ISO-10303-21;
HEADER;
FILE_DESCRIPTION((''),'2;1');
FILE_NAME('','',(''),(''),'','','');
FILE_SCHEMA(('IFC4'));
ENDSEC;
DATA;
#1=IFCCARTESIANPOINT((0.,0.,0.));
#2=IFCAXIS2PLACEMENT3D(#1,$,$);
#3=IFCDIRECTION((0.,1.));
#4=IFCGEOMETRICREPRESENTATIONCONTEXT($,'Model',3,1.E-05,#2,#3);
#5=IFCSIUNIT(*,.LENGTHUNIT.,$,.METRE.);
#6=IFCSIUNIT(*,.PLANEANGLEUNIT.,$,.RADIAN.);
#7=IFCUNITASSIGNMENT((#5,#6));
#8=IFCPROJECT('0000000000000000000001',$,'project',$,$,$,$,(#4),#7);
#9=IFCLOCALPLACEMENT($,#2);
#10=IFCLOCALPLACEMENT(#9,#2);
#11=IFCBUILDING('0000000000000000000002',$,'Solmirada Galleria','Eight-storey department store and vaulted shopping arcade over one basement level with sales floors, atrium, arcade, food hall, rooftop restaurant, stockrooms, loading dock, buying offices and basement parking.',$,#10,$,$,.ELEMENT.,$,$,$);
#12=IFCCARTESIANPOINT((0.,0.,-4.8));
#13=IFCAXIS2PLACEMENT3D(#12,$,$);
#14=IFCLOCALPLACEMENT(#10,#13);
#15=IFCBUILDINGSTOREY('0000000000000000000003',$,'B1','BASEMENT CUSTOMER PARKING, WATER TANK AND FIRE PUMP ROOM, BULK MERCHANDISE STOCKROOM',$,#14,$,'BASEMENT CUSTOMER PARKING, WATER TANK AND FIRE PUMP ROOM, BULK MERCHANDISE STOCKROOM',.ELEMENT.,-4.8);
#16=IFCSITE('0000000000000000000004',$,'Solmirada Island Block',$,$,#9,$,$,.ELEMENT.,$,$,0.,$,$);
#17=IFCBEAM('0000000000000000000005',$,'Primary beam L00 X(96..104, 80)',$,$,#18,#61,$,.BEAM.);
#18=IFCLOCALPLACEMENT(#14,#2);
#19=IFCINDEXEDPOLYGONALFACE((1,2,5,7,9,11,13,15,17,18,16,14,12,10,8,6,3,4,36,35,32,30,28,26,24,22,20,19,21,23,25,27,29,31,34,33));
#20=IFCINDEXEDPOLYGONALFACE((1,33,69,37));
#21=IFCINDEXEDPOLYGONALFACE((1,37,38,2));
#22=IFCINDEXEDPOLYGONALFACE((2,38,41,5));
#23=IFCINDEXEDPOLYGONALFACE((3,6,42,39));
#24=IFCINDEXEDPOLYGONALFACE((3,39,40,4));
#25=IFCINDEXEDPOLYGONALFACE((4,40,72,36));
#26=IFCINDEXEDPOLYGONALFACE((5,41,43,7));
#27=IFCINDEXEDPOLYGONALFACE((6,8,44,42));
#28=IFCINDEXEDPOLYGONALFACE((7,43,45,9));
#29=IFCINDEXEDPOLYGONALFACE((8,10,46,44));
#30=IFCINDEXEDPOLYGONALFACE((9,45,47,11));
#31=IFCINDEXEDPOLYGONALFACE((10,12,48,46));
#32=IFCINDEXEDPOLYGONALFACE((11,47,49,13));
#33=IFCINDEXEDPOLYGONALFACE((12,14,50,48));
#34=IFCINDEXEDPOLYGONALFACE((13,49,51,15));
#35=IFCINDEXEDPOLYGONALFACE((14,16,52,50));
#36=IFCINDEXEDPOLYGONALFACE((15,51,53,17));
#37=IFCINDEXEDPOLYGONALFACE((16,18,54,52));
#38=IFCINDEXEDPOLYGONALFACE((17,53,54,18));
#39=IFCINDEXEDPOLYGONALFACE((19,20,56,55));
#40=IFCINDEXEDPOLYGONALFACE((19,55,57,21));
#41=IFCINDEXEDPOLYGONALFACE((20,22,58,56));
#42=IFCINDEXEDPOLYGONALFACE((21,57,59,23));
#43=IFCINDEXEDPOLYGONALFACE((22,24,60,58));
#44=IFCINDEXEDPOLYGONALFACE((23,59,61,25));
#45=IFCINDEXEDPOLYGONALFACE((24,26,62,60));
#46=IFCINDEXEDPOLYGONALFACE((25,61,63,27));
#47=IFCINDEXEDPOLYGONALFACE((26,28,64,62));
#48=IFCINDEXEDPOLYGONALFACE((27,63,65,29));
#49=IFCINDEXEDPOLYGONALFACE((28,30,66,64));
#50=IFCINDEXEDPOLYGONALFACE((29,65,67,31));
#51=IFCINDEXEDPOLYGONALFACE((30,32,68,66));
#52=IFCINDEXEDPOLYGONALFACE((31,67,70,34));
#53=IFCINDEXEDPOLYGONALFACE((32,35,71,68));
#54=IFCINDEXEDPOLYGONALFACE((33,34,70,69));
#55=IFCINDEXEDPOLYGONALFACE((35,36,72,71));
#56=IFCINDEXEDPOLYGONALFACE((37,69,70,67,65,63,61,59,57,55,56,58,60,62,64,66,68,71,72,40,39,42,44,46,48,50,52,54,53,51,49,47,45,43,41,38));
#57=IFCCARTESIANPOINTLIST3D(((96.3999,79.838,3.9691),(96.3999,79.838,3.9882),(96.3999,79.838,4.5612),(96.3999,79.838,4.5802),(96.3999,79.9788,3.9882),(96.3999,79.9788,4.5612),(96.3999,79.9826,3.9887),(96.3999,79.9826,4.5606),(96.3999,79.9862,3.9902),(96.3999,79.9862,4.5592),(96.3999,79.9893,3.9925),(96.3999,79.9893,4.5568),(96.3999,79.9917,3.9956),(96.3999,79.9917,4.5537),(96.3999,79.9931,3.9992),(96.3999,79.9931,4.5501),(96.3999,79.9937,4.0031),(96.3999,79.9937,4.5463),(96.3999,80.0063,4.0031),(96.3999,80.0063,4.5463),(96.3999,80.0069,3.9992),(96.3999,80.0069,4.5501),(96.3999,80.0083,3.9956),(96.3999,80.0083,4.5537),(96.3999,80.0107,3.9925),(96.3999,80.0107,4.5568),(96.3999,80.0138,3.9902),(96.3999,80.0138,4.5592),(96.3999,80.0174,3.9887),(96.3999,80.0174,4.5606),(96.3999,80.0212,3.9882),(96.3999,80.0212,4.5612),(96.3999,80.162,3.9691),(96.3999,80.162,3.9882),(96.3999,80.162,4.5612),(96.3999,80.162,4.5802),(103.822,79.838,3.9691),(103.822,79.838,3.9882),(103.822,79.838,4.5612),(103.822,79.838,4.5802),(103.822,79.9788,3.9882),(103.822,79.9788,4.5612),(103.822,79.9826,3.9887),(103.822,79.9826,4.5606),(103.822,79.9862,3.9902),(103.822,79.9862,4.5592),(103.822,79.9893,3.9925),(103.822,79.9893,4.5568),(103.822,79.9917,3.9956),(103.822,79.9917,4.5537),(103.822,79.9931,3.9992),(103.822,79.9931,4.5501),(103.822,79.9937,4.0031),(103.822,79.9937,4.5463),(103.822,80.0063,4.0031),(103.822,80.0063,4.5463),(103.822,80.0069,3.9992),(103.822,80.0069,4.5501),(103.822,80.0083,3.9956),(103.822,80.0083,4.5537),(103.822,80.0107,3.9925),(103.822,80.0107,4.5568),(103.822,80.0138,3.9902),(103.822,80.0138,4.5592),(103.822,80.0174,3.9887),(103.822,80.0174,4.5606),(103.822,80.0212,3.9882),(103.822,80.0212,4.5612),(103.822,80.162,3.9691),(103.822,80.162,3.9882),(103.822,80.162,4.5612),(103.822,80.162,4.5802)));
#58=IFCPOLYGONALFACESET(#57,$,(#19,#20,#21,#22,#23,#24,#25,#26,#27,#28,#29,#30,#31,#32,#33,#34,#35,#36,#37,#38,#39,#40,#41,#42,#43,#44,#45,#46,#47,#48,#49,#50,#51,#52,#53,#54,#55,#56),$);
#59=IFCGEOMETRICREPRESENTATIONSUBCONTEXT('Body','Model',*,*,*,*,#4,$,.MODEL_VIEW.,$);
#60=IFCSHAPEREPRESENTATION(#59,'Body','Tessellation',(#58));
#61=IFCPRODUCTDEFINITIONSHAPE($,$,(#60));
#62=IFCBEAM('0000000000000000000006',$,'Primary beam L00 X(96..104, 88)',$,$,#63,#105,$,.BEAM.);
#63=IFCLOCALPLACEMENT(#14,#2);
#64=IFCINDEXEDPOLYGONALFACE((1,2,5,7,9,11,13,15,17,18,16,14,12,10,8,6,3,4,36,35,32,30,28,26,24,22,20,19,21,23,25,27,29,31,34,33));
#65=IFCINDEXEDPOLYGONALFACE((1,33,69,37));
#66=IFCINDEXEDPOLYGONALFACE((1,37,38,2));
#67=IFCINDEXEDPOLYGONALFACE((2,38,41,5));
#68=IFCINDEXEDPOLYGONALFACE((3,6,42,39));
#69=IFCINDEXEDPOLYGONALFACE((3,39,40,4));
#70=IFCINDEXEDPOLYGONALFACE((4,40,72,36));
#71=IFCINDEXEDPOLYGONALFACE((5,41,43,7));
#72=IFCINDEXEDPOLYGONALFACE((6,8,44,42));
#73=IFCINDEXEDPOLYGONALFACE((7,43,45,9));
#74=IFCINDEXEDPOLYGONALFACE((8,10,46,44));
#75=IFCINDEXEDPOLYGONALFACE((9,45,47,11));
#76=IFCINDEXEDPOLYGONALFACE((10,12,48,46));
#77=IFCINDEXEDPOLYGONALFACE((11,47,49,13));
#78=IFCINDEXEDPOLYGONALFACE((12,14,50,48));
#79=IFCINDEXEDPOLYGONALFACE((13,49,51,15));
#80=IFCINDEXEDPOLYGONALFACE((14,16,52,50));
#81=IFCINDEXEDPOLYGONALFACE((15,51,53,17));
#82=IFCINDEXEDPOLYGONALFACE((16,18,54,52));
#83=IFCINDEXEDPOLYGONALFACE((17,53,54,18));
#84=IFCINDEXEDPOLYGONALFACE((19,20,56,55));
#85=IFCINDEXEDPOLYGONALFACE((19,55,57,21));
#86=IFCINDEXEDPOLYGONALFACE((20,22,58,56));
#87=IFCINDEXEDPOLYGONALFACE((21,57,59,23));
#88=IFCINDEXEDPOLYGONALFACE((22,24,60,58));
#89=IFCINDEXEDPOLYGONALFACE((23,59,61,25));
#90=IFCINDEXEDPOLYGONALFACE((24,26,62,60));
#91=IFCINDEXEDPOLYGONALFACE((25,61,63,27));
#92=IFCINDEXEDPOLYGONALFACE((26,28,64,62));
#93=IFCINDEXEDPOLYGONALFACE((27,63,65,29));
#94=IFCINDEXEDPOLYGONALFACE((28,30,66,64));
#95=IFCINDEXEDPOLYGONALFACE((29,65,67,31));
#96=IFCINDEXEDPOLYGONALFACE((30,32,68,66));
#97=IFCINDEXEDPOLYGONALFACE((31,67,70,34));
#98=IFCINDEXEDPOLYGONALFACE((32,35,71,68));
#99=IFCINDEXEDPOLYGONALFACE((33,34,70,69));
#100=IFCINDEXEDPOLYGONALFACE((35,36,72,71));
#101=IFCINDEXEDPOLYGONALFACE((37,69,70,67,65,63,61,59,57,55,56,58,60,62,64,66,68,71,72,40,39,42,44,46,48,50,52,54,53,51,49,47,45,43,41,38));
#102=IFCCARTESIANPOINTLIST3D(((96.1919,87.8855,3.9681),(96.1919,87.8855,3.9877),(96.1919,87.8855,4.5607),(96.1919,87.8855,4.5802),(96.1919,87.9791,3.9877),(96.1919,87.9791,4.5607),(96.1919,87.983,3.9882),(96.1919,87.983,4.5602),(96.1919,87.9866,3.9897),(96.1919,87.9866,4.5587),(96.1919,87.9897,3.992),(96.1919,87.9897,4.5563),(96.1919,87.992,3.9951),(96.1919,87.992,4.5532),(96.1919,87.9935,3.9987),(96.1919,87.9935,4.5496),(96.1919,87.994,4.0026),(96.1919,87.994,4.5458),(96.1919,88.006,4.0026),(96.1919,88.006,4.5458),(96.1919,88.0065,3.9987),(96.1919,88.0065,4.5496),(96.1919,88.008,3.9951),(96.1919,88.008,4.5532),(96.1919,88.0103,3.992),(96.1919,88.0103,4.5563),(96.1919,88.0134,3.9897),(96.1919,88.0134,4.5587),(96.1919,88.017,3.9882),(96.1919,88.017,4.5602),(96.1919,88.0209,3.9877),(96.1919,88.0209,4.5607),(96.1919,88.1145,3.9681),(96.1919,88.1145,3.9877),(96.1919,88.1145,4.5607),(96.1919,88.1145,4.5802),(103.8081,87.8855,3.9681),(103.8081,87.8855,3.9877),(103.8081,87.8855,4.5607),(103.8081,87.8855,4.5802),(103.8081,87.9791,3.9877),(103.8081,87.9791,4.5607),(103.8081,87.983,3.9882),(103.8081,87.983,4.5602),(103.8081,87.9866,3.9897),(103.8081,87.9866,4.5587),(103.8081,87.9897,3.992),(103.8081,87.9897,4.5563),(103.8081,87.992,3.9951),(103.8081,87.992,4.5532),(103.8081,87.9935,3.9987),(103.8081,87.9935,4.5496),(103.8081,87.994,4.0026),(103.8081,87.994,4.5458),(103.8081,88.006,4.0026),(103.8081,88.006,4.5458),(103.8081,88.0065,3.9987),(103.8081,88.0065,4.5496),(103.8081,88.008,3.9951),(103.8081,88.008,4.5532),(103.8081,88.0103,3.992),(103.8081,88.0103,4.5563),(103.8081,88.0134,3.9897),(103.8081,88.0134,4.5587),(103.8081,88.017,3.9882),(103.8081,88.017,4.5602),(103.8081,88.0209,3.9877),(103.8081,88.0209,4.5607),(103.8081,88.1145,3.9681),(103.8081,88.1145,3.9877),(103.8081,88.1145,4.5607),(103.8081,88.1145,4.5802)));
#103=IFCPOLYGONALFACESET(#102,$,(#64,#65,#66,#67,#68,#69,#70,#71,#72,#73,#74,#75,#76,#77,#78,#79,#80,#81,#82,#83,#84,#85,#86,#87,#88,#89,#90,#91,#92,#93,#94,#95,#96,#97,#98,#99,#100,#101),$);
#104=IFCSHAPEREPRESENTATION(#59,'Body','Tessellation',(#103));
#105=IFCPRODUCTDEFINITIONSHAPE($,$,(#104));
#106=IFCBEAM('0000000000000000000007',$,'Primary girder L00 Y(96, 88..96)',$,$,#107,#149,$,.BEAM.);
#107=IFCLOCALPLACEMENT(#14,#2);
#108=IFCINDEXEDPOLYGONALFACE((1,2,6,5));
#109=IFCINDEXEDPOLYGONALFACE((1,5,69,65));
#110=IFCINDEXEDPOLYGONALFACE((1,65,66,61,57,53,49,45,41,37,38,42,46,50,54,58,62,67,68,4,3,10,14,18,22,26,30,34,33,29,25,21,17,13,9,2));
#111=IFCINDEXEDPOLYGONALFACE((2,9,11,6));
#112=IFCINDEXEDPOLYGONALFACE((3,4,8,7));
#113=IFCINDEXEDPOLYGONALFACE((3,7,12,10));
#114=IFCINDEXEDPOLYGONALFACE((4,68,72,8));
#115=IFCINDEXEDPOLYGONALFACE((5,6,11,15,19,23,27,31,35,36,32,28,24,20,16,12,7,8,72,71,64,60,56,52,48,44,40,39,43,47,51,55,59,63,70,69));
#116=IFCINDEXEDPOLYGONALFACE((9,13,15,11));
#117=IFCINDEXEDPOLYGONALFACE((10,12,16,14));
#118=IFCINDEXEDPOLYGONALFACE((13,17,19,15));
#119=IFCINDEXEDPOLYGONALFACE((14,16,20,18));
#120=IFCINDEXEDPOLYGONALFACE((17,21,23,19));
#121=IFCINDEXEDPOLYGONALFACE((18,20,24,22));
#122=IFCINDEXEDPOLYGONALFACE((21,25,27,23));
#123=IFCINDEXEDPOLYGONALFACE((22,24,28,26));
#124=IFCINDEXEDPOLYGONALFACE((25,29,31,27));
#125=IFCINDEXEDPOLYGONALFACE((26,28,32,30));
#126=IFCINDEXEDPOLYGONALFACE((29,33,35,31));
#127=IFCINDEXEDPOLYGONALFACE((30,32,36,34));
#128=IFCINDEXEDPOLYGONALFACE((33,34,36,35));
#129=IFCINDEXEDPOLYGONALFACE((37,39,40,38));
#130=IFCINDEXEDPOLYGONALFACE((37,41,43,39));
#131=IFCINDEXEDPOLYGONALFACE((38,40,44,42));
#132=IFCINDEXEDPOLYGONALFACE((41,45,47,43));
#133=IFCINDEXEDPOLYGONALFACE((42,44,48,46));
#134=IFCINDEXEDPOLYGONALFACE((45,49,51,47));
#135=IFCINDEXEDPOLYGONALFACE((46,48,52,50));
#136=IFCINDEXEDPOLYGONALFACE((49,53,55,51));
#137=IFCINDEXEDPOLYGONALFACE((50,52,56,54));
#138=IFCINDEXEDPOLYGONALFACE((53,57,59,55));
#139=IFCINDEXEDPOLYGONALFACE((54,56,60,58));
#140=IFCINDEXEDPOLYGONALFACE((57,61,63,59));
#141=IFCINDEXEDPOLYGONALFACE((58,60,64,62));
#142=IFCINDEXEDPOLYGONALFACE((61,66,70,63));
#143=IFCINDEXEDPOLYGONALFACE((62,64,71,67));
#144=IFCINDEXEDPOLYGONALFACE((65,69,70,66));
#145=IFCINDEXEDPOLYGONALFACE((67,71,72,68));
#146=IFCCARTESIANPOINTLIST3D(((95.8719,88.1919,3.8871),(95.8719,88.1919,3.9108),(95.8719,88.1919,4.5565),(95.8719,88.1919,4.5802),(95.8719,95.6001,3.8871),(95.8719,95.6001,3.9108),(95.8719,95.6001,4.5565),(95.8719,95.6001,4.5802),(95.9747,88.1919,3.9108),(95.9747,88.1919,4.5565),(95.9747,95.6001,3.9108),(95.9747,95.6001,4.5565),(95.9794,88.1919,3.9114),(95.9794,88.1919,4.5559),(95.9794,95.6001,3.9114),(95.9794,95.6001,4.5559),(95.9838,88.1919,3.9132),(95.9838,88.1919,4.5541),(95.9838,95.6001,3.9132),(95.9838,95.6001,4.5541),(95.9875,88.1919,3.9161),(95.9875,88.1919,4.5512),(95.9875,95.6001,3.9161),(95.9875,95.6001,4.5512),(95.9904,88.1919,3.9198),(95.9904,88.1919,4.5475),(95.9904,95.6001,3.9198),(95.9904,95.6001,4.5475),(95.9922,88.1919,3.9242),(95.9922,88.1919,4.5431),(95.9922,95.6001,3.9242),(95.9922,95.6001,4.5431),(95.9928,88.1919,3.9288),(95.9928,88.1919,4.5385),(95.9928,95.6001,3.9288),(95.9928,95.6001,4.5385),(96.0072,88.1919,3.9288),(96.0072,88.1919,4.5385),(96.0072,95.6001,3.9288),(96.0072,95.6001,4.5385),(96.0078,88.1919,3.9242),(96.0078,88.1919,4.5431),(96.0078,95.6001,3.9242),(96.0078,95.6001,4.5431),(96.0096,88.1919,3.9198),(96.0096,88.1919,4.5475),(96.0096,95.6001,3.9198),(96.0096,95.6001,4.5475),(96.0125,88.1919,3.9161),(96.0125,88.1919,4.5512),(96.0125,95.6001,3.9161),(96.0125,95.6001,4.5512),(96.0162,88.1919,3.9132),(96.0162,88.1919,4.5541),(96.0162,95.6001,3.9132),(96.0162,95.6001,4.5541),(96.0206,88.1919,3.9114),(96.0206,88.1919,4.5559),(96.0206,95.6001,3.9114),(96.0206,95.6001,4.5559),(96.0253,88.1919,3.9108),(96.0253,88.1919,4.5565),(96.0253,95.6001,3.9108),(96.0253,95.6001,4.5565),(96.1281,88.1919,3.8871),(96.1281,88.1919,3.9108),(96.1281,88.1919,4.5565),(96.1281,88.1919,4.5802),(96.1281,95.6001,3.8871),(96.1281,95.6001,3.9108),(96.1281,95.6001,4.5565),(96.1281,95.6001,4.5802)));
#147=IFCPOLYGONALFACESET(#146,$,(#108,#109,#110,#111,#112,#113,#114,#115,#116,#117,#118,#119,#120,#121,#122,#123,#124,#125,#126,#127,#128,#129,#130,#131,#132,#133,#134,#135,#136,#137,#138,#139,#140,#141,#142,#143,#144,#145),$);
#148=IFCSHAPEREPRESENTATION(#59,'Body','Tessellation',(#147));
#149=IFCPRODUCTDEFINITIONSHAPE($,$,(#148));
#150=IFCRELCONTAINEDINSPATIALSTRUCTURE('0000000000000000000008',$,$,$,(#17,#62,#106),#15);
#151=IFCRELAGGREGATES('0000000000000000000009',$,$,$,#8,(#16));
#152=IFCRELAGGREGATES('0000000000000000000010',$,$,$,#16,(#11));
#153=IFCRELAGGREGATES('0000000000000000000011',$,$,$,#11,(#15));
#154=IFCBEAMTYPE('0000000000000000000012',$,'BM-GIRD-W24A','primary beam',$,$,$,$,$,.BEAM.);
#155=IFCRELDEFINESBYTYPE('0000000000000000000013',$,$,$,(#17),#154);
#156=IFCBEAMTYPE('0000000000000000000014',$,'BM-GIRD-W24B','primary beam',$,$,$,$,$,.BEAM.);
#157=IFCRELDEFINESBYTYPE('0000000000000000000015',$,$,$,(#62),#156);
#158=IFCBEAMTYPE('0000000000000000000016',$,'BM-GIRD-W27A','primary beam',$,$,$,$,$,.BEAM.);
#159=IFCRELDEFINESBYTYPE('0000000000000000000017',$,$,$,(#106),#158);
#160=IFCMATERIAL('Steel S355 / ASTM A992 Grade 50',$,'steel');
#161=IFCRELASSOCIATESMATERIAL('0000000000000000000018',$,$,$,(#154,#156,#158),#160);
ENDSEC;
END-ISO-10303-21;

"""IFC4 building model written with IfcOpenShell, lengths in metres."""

from ifc_helpers import new_model, si_unit, direction, frame, origin, origin_2d, place, context, subcontext, project, spatial, i_section, extrude, material, material_profile, profile_set, type_object, element, save


model = new_model("IFC4")

# Units and contexts
model_context = context("Model", 3, precision=1e-05, world=origin(), true_north=direction((0.0, 1.0)))
body_context = subcontext(model_context, "Body", "Model", "MODEL_VIEW")
ifc_project = project(units=[si_unit("LENGTHUNIT", "METRE"), si_unit("PLANEANGLEUNIT", "RADIAN")], contexts=[model_context])

# Site, building, storey
site_placement = place(None, origin())
site = spatial("IfcSite", under=ifc_project, at=site_placement, Name="Solmirada Island Block", CompositionType="ELEMENT", RefElevation=0.0)
building_placement = place(site_placement, origin())
building = spatial("IfcBuilding", under=site, at=building_placement, Name="Solmirada Galleria", Description="Eight-storey department store and vaulted shopping arcade over one basement level with sales floors, atrium, arcade, food hall, rooftop restaurant, stockrooms, loading dock, buying offices and basement parking.", CompositionType="ELEMENT")
storey_placement = place(building_placement, frame((0.0, 0.0, -4.8)))
storey = spatial("IfcBuildingStorey", under=building, at=storey_placement, Name="B1", Description="BASEMENT CUSTOMER PARKING, WATER TANK AND FIRE PUMP ROOM, BULK MERCHANDISE STOCKROOM", LongName="BASEMENT CUSTOMER PARKING, WATER TANK AND FIRE PUMP ROOM, BULK MERCHANDISE STOCKROOM", CompositionType="ELEMENT", Elevation=-4.8)

# Beams
ifc_material_1 = material(Name="Steel S355 / ASTM A992 Grade 50", Category="steel")
ifc_material_profile_1 = material_profile(ifc_material_1, i_section(OverallWidth=0.324, OverallDepth=0.6111, WebThickness=0.0127, FlangeThickness=0.019, FilletRadius=0.0149, at=origin_2d()), Name="W24X104")
ifc_profile_set_1 = profile_set([ifc_material_profile_1], Name="Steel S355 / ASTM A992 Grade 50")
beam_type_1 = type_object("IfcBeamType", Name="BM-GIRD-W24A", Description="primary beam", PredefinedType="BEAM", material=ifc_profile_set_1)
beam_1_placement = place(storey_placement, frame((96.3999, 80.0, 4.2747), z_axis=(1.0, 0.0, 0.0), x_axis=(0.0, 1.0, 0.0)))
element("IfcBeam", 1, at=beam_1_placement, inside=storey, type_object=beam_type_1, Name="Primary beam L00 X(96..104, 80)", PredefinedType="BEAM", context=body_context, shape_type="SweptSolid", body=[
    extrude(i_section(OverallWidth=0.324, OverallDepth=0.6111, WebThickness=0.0127, FlangeThickness=0.019, FilletRadius=0.0149, at=origin_2d()), origin(), (0.0, 0.0, 1.0), 7.4221),
])
ifc_material_profile_2 = material_profile(ifc_material_1, i_section(OverallWidth=0.229, OverallDepth=0.6121, WebThickness=0.012, FlangeThickness=0.0195, FilletRadius=0.0149, at=origin_2d()), Name="W24X84")
ifc_profile_set_2 = profile_set([ifc_material_profile_2], Name="Steel S355 / ASTM A992 Grade 50")
beam_type_2 = type_object("IfcBeamType", Name="BM-GIRD-W24B", Description="primary beam", PredefinedType="BEAM", material=ifc_profile_set_2)
beam_2_placement = place(storey_placement, frame((96.1919, 88.0, 4.2742), z_axis=(1.0, 0.0, 0.0), x_axis=(0.0, 1.0, 0.0)))
element("IfcBeam", 2, at=beam_2_placement, inside=storey, type_object=beam_type_2, Name="Primary beam L00 X(96..104, 88)", PredefinedType="BEAM", context=body_context, shape_type="SweptSolid", body=[
    extrude(i_section(OverallWidth=0.229, OverallDepth=0.6121, WebThickness=0.012, FlangeThickness=0.0195, FilletRadius=0.0149, at=origin_2d()), origin(), (0.0, 0.0, 1.0), 7.6162),
])
ifc_material_profile_3 = material_profile(ifc_material_1, i_section(OverallWidth=0.2561, OverallDepth=0.6931, WebThickness=0.0144, FlangeThickness=0.0237, FilletRadius=0.0181, at=origin_2d()), Name="W27X114")
ifc_profile_set_3 = profile_set([ifc_material_profile_3], Name="Steel S355 / ASTM A992 Grade 50")
beam_type_3 = type_object("IfcBeamType", Name="BM-GIRD-W27A", Description="primary beam", PredefinedType="BEAM", material=ifc_profile_set_3)
beam_3_placement = place(storey_placement, frame((96.0, 88.1919, 4.2336), z_axis=(0.0, 1.0, 0.0), x_axis=(-1.0, 0.0, 0.0)))
element("IfcBeam", 3, at=beam_3_placement, inside=storey, type_object=beam_type_3, Name="Primary girder L00 Y(96, 88..96)", PredefinedType="BEAM", context=body_context, shape_type="SweptSolid", body=[
    extrude(i_section(OverallWidth=0.2561, OverallDepth=0.6931, WebThickness=0.0144, FlangeThickness=0.0237, FilletRadius=0.0181, at=origin_2d()), origin(), (0.0, 0.0, 1.0), 7.4082),
])

save(model, "model.ifc")
